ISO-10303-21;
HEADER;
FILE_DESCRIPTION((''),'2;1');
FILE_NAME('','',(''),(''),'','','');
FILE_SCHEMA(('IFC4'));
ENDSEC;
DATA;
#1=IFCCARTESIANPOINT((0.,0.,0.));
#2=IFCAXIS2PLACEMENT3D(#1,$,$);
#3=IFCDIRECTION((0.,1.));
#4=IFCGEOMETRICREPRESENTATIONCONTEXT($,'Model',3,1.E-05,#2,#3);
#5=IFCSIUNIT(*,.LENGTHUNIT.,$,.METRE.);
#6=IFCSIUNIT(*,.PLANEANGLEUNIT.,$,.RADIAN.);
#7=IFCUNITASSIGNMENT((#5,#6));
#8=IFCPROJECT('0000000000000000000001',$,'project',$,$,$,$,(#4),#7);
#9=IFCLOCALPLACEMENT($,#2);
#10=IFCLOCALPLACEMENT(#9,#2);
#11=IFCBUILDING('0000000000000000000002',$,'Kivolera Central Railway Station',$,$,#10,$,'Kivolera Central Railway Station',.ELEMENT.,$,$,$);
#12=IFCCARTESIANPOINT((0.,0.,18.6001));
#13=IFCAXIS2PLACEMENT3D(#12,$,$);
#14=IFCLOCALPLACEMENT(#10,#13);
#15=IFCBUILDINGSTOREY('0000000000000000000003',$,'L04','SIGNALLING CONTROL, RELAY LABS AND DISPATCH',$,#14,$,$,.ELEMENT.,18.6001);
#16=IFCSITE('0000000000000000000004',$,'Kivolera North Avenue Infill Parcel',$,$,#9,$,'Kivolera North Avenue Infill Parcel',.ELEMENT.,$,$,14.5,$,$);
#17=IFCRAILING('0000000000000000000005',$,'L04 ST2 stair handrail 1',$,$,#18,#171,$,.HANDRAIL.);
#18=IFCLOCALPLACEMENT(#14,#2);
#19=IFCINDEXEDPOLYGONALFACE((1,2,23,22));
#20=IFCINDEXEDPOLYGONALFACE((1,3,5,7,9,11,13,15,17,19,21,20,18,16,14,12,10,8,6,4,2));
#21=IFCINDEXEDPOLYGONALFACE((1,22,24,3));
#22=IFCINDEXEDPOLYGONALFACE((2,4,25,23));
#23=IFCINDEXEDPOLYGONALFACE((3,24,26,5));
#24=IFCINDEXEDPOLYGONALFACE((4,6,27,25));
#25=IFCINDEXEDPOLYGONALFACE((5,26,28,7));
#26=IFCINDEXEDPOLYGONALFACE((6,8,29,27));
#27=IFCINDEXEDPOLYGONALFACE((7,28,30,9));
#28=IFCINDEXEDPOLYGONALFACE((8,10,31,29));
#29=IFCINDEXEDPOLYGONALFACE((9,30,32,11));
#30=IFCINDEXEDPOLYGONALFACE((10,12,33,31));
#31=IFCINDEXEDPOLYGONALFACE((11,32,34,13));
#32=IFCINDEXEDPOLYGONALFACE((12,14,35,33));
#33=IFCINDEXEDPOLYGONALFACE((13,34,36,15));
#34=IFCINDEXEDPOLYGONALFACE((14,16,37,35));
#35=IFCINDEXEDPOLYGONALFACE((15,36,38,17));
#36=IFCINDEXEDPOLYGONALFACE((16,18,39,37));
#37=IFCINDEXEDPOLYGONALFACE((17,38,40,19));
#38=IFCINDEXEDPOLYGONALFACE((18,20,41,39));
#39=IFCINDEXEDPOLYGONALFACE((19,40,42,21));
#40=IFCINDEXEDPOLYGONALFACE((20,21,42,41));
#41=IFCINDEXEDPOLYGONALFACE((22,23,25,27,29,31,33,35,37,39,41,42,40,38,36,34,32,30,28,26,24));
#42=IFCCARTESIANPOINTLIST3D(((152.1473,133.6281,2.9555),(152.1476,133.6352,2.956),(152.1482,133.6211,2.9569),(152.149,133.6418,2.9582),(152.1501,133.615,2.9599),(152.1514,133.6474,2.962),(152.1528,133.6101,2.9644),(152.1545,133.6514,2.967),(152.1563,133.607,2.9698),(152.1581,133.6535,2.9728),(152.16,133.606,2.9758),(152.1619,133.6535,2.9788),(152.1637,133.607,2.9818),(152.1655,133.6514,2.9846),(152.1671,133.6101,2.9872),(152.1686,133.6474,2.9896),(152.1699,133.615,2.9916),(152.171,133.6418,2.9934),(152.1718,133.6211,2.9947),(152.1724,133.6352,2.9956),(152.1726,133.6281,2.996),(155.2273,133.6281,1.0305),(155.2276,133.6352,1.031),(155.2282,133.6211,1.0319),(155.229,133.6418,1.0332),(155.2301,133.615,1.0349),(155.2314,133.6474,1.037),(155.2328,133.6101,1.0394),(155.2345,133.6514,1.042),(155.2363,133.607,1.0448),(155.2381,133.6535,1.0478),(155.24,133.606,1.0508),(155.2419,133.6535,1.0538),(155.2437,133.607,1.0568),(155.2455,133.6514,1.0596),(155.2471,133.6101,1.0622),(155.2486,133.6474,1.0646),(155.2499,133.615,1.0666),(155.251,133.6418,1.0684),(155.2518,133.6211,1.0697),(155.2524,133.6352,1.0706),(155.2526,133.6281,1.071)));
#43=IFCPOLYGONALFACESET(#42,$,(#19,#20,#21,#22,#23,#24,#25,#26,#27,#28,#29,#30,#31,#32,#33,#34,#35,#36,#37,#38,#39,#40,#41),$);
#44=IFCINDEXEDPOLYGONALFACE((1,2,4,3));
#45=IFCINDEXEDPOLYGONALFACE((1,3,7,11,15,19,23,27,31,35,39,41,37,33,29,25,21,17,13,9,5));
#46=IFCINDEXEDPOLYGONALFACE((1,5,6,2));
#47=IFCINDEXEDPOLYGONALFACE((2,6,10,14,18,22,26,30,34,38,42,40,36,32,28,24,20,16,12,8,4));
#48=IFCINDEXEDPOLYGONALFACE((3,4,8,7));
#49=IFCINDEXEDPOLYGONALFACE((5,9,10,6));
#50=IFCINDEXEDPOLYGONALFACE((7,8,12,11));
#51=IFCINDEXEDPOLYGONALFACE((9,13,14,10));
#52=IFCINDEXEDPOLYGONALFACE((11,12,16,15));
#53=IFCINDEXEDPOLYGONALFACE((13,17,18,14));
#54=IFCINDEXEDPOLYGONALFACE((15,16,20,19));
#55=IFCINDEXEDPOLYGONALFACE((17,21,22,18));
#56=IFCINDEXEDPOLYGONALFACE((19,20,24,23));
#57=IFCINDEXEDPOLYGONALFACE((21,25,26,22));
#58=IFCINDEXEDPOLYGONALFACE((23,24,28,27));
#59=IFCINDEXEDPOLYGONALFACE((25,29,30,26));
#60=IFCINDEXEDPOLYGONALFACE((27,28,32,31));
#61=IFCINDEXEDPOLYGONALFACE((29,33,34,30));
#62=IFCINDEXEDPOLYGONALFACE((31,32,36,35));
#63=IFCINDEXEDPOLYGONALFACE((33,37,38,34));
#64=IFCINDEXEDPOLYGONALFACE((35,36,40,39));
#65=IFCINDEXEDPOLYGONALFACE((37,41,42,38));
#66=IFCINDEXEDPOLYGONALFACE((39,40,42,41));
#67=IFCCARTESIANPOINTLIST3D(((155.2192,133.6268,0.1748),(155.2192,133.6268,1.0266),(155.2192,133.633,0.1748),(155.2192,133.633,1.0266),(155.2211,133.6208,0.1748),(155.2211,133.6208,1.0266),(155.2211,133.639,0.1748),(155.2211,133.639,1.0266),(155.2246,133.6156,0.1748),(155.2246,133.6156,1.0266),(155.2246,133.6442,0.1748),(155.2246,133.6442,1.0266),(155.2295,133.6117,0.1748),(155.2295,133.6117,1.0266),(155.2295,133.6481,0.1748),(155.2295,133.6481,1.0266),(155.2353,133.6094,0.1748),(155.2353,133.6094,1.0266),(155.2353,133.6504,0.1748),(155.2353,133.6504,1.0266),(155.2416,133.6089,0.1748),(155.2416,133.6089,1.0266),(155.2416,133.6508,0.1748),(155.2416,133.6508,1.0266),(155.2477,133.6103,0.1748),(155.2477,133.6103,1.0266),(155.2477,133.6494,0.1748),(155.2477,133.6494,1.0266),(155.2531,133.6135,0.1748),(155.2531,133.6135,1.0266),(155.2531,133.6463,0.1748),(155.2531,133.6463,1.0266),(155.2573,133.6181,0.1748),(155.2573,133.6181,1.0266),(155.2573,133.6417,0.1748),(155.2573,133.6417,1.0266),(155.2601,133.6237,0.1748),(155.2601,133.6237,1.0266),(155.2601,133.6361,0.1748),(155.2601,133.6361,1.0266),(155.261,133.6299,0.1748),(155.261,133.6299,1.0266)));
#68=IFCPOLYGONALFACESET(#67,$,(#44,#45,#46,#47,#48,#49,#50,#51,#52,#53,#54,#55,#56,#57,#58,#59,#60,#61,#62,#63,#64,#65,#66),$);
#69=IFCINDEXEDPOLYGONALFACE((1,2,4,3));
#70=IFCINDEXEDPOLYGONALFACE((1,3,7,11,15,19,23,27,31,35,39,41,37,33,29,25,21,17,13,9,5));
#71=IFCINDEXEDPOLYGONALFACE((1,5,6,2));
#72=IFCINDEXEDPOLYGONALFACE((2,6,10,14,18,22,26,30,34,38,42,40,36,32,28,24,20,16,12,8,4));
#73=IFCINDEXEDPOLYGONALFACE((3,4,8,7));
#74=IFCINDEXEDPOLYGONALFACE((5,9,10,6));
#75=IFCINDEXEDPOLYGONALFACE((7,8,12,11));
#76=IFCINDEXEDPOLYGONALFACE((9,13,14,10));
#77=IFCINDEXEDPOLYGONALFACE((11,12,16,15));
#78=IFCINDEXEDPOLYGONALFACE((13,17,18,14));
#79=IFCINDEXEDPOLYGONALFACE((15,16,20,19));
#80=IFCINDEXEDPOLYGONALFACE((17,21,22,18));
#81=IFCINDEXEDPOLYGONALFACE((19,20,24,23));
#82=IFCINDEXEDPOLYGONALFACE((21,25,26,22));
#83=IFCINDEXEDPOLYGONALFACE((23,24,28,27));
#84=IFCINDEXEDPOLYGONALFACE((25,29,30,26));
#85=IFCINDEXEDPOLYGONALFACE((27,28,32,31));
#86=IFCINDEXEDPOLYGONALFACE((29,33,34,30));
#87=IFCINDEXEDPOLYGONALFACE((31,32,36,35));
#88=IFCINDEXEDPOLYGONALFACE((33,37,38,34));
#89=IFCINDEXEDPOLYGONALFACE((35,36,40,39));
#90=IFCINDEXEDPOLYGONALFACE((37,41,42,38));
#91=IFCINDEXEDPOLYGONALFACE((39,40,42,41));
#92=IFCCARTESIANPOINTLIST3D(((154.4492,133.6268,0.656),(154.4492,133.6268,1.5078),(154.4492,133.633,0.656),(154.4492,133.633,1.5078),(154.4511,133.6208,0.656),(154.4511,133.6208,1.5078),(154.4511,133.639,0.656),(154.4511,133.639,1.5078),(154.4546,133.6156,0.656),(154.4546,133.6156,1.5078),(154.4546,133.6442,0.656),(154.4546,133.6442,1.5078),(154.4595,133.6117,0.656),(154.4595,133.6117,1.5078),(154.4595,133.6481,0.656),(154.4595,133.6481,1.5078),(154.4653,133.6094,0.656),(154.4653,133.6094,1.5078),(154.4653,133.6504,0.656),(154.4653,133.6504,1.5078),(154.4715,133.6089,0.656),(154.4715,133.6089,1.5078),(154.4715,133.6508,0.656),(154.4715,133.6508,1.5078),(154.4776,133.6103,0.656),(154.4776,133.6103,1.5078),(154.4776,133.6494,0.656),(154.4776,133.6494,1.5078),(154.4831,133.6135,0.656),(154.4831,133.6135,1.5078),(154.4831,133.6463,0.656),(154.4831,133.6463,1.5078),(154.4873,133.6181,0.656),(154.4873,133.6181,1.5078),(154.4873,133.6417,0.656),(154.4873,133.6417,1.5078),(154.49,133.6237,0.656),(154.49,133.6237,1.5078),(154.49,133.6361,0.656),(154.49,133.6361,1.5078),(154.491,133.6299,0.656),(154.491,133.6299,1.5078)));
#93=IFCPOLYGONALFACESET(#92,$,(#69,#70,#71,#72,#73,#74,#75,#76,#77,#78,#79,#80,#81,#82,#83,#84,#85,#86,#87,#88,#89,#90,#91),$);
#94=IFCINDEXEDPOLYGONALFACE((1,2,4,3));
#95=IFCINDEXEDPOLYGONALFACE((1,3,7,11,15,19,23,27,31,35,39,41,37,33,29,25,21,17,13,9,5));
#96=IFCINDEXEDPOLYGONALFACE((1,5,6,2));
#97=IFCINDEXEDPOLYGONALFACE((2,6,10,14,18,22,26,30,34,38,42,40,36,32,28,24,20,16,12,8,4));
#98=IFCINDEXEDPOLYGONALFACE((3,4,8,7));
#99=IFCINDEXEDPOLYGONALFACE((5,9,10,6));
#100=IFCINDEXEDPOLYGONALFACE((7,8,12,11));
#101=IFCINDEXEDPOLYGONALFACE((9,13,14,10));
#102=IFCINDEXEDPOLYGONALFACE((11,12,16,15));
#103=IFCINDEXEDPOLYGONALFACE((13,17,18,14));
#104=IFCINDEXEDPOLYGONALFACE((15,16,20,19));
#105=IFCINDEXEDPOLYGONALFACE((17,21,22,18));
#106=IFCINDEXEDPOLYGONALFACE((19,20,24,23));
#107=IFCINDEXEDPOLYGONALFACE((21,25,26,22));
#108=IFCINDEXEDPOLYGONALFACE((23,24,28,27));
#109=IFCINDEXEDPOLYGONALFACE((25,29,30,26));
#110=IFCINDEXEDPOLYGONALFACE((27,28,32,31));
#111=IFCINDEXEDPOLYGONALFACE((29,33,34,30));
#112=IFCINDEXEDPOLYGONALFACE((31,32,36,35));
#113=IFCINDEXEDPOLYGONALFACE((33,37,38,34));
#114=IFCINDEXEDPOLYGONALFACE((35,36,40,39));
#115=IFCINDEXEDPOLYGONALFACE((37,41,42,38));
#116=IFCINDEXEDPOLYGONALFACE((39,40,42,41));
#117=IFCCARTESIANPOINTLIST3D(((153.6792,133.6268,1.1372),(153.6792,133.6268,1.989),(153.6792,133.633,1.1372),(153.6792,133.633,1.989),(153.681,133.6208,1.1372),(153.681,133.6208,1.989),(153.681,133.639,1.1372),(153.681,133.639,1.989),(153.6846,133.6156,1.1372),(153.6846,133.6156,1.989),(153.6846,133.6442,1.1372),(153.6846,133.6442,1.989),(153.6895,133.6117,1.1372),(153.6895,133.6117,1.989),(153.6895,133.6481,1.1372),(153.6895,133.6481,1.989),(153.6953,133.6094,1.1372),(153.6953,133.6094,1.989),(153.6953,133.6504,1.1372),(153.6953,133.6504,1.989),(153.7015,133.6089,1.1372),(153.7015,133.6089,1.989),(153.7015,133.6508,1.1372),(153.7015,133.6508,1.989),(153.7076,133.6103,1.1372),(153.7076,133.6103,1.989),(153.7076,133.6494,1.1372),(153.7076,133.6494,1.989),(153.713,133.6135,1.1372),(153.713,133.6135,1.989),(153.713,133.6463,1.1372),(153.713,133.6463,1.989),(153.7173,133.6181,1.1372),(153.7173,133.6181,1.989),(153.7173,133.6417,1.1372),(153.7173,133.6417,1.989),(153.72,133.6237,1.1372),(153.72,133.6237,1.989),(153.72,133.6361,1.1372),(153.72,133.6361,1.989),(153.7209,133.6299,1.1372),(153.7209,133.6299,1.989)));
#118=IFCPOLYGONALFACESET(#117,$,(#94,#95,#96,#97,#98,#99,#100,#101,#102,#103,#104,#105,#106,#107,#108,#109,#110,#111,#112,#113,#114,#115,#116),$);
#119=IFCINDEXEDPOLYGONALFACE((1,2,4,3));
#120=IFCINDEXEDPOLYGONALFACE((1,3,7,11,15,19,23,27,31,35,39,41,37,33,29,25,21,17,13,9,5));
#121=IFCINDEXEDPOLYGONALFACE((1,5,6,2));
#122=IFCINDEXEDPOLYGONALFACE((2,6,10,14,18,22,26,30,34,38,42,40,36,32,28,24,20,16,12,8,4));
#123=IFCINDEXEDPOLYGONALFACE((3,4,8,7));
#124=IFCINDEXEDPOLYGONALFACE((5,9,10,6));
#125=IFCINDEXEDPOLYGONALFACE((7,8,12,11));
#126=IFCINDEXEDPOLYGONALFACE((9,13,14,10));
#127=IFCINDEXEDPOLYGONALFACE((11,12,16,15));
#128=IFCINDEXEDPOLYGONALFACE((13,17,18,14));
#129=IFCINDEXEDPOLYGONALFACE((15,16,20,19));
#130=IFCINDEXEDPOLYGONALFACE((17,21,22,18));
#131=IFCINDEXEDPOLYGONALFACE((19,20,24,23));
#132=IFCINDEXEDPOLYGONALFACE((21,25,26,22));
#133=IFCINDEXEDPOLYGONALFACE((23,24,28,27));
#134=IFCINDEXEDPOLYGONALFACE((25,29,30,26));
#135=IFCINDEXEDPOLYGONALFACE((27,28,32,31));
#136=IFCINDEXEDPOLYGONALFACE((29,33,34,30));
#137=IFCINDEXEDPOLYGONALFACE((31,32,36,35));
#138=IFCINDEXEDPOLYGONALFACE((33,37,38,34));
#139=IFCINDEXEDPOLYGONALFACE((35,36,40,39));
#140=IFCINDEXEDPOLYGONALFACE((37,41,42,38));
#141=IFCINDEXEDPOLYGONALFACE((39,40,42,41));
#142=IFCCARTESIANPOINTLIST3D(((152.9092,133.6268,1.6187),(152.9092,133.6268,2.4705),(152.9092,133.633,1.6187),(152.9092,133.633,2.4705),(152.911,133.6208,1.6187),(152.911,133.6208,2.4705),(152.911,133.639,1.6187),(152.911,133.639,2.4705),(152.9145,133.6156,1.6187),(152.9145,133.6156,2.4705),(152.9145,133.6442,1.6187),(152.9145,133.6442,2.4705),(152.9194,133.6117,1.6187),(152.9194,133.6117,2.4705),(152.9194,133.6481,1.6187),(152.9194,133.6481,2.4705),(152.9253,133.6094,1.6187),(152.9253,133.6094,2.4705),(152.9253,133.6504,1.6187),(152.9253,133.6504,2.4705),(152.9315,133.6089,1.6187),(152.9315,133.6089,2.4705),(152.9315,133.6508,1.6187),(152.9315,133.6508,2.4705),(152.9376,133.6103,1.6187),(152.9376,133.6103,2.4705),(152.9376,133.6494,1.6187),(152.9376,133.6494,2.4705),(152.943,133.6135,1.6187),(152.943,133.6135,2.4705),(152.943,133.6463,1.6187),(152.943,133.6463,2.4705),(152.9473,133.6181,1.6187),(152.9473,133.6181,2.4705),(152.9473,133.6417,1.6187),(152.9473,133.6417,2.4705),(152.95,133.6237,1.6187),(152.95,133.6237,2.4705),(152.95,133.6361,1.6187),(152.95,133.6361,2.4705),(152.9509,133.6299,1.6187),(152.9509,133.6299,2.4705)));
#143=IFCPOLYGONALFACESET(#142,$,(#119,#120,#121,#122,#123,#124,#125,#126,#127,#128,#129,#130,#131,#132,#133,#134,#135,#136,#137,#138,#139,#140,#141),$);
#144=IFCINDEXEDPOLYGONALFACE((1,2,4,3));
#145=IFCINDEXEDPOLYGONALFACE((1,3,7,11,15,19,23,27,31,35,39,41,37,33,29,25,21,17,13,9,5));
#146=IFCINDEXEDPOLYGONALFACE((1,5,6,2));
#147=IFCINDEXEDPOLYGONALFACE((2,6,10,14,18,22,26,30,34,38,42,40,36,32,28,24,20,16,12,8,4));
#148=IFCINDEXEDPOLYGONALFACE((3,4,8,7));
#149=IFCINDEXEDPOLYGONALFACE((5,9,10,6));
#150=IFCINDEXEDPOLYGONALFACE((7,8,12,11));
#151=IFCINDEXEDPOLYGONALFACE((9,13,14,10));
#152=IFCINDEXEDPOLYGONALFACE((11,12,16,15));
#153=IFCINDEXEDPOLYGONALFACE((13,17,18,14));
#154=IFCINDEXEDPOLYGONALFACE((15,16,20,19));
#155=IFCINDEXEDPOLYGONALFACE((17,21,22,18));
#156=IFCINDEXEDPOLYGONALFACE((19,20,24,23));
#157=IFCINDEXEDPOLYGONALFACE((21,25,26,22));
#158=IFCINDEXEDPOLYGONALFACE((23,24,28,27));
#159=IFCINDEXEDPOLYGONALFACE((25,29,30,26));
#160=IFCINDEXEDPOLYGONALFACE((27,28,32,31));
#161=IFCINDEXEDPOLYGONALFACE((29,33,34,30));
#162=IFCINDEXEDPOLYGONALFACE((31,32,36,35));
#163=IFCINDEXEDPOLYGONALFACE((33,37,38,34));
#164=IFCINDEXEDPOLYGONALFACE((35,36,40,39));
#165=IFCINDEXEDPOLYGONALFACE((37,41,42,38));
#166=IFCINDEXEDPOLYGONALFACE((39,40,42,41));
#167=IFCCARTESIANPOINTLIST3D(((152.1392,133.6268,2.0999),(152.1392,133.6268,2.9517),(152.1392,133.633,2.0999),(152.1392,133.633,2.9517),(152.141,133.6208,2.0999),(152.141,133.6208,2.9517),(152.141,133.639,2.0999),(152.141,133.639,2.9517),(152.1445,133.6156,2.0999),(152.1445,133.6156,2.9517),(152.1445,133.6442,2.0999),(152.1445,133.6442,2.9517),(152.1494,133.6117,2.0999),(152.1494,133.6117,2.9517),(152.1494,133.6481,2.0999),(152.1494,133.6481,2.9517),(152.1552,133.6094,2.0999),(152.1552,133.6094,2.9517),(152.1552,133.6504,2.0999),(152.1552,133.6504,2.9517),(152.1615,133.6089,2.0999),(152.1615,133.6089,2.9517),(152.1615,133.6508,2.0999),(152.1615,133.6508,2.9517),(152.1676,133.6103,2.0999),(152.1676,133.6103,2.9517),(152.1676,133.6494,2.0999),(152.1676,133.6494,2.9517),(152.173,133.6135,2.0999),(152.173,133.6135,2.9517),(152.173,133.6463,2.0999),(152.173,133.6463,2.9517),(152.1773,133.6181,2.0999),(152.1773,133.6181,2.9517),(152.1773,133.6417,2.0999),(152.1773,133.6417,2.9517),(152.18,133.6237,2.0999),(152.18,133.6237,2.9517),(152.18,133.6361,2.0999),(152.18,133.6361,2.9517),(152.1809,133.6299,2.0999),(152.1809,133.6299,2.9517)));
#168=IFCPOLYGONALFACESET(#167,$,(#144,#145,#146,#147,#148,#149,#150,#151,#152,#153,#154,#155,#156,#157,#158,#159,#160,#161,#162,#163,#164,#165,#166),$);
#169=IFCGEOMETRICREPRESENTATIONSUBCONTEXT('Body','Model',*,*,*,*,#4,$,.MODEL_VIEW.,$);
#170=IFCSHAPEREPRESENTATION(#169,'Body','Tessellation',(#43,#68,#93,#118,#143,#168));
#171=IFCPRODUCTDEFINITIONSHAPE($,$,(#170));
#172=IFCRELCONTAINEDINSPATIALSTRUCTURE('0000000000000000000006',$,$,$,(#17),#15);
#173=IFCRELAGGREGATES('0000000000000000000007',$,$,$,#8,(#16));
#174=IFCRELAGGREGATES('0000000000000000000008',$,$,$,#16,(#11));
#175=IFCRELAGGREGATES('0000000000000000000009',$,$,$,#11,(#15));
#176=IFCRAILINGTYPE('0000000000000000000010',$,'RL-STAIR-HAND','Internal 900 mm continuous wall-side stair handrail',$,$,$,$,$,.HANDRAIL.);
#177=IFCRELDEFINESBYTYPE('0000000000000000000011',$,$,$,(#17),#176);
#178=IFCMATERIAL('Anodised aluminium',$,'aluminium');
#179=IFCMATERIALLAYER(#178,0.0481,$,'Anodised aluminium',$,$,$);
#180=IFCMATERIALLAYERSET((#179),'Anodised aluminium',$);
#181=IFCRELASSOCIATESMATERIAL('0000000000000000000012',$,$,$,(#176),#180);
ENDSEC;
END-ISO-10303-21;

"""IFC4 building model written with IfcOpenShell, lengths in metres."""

from ifc_helpers import new_model, si_unit, direction, frame, origin, origin_2d, place, context, subcontext, project, spatial, circle, extrude, material, layer, layer_set, type_object, element, save


model = new_model("IFC4")

# Units and contexts
model_context = context("Model", 3, precision=1e-05, world=origin(), true_north=direction((0.0, 1.0)))
body_context = subcontext(model_context, "Body", "Model", "MODEL_VIEW")
ifc_project = project(units=[si_unit("LENGTHUNIT", "METRE"), si_unit("PLANEANGLEUNIT", "RADIAN")], contexts=[model_context])

# Site, building, storey
site_placement = place(None, origin())
site = spatial("IfcSite", under=ifc_project, at=site_placement, Name="Kivolera North Avenue Infill Parcel", LongName="Kivolera North Avenue Infill Parcel", CompositionType="ELEMENT", RefElevation=14.5)
building_placement = place(site_placement, origin())
building = spatial("IfcBuilding", under=site, at=building_placement, Name="Kivolera Central Railway Station", LongName="Kivolera Central Railway Station", CompositionType="ELEMENT")
storey_placement = place(building_placement, frame((0.0, 0.0, 18.6001)))
storey = spatial("IfcBuildingStorey", under=building, at=storey_placement, Name="L04", Description="SIGNALLING CONTROL, RELAY LABS AND DISPATCH", CompositionType="ELEMENT", Elevation=18.6001)

# Shared definitions
ifc_material_1 = material(Name="Anodised aluminium", Category="aluminium")

# Railing
ifc_layer_1 = layer(ifc_material_1, 0.0481, Name="Anodised aluminium")
ifc_layer_set_1 = layer_set([ifc_layer_1], Name="Anodised aluminium")
railing_type_1 = type_object("IfcRailingType", Name="RL-STAIR-HAND", Description="Internal 900 mm continuous wall-side stair handrail", PredefinedType="HANDRAIL", material=ifc_layer_set_1)
railing_1_placement = place(storey_placement, frame((155.24, 133.6299, 0.1748)))
element("IfcRailing", 1, at=railing_1_placement, inside=storey, type_object=railing_type_1, Name="L04 ST2 stair handrail 1", PredefinedType="HANDRAIL", context=body_context, shape_type="SweptSolid", body=[
    extrude(circle(Radius=0.0239, at=origin_2d()), frame((0.0, 0.0, 0.876), z_axis=(-0.847998, 0.0, 0.529999), x_axis=(0.0, -1.0, 0.0)), (0.0, 0.0, 1.0), 3.6321),
    extrude(circle(Radius=0.021, at=origin_2d()), origin(), (0.0, 0.0, 1.0), 0.8518),
    extrude(circle(Radius=0.021, at=origin_2d()), frame((-0.77, 0.0, 0.4812)), (0.0, 0.0, 1.0), 0.8518),
    extrude(circle(Radius=0.021, at=origin_2d()), frame((-1.54, 0.0, 0.9624)), (0.0, 0.0, 1.0), 0.8518),
    extrude(circle(Radius=0.021, at=origin_2d()), frame((-2.3101, 0.0, 1.4438)), (0.0, 0.0, 1.0), 0.8518),
    extrude(circle(Radius=0.021, at=origin_2d()), frame((-3.0801, 0.0, 1.925)), (0.0, 0.0, 1.0), 0.8518),
])

save(model, "model.ifc")
